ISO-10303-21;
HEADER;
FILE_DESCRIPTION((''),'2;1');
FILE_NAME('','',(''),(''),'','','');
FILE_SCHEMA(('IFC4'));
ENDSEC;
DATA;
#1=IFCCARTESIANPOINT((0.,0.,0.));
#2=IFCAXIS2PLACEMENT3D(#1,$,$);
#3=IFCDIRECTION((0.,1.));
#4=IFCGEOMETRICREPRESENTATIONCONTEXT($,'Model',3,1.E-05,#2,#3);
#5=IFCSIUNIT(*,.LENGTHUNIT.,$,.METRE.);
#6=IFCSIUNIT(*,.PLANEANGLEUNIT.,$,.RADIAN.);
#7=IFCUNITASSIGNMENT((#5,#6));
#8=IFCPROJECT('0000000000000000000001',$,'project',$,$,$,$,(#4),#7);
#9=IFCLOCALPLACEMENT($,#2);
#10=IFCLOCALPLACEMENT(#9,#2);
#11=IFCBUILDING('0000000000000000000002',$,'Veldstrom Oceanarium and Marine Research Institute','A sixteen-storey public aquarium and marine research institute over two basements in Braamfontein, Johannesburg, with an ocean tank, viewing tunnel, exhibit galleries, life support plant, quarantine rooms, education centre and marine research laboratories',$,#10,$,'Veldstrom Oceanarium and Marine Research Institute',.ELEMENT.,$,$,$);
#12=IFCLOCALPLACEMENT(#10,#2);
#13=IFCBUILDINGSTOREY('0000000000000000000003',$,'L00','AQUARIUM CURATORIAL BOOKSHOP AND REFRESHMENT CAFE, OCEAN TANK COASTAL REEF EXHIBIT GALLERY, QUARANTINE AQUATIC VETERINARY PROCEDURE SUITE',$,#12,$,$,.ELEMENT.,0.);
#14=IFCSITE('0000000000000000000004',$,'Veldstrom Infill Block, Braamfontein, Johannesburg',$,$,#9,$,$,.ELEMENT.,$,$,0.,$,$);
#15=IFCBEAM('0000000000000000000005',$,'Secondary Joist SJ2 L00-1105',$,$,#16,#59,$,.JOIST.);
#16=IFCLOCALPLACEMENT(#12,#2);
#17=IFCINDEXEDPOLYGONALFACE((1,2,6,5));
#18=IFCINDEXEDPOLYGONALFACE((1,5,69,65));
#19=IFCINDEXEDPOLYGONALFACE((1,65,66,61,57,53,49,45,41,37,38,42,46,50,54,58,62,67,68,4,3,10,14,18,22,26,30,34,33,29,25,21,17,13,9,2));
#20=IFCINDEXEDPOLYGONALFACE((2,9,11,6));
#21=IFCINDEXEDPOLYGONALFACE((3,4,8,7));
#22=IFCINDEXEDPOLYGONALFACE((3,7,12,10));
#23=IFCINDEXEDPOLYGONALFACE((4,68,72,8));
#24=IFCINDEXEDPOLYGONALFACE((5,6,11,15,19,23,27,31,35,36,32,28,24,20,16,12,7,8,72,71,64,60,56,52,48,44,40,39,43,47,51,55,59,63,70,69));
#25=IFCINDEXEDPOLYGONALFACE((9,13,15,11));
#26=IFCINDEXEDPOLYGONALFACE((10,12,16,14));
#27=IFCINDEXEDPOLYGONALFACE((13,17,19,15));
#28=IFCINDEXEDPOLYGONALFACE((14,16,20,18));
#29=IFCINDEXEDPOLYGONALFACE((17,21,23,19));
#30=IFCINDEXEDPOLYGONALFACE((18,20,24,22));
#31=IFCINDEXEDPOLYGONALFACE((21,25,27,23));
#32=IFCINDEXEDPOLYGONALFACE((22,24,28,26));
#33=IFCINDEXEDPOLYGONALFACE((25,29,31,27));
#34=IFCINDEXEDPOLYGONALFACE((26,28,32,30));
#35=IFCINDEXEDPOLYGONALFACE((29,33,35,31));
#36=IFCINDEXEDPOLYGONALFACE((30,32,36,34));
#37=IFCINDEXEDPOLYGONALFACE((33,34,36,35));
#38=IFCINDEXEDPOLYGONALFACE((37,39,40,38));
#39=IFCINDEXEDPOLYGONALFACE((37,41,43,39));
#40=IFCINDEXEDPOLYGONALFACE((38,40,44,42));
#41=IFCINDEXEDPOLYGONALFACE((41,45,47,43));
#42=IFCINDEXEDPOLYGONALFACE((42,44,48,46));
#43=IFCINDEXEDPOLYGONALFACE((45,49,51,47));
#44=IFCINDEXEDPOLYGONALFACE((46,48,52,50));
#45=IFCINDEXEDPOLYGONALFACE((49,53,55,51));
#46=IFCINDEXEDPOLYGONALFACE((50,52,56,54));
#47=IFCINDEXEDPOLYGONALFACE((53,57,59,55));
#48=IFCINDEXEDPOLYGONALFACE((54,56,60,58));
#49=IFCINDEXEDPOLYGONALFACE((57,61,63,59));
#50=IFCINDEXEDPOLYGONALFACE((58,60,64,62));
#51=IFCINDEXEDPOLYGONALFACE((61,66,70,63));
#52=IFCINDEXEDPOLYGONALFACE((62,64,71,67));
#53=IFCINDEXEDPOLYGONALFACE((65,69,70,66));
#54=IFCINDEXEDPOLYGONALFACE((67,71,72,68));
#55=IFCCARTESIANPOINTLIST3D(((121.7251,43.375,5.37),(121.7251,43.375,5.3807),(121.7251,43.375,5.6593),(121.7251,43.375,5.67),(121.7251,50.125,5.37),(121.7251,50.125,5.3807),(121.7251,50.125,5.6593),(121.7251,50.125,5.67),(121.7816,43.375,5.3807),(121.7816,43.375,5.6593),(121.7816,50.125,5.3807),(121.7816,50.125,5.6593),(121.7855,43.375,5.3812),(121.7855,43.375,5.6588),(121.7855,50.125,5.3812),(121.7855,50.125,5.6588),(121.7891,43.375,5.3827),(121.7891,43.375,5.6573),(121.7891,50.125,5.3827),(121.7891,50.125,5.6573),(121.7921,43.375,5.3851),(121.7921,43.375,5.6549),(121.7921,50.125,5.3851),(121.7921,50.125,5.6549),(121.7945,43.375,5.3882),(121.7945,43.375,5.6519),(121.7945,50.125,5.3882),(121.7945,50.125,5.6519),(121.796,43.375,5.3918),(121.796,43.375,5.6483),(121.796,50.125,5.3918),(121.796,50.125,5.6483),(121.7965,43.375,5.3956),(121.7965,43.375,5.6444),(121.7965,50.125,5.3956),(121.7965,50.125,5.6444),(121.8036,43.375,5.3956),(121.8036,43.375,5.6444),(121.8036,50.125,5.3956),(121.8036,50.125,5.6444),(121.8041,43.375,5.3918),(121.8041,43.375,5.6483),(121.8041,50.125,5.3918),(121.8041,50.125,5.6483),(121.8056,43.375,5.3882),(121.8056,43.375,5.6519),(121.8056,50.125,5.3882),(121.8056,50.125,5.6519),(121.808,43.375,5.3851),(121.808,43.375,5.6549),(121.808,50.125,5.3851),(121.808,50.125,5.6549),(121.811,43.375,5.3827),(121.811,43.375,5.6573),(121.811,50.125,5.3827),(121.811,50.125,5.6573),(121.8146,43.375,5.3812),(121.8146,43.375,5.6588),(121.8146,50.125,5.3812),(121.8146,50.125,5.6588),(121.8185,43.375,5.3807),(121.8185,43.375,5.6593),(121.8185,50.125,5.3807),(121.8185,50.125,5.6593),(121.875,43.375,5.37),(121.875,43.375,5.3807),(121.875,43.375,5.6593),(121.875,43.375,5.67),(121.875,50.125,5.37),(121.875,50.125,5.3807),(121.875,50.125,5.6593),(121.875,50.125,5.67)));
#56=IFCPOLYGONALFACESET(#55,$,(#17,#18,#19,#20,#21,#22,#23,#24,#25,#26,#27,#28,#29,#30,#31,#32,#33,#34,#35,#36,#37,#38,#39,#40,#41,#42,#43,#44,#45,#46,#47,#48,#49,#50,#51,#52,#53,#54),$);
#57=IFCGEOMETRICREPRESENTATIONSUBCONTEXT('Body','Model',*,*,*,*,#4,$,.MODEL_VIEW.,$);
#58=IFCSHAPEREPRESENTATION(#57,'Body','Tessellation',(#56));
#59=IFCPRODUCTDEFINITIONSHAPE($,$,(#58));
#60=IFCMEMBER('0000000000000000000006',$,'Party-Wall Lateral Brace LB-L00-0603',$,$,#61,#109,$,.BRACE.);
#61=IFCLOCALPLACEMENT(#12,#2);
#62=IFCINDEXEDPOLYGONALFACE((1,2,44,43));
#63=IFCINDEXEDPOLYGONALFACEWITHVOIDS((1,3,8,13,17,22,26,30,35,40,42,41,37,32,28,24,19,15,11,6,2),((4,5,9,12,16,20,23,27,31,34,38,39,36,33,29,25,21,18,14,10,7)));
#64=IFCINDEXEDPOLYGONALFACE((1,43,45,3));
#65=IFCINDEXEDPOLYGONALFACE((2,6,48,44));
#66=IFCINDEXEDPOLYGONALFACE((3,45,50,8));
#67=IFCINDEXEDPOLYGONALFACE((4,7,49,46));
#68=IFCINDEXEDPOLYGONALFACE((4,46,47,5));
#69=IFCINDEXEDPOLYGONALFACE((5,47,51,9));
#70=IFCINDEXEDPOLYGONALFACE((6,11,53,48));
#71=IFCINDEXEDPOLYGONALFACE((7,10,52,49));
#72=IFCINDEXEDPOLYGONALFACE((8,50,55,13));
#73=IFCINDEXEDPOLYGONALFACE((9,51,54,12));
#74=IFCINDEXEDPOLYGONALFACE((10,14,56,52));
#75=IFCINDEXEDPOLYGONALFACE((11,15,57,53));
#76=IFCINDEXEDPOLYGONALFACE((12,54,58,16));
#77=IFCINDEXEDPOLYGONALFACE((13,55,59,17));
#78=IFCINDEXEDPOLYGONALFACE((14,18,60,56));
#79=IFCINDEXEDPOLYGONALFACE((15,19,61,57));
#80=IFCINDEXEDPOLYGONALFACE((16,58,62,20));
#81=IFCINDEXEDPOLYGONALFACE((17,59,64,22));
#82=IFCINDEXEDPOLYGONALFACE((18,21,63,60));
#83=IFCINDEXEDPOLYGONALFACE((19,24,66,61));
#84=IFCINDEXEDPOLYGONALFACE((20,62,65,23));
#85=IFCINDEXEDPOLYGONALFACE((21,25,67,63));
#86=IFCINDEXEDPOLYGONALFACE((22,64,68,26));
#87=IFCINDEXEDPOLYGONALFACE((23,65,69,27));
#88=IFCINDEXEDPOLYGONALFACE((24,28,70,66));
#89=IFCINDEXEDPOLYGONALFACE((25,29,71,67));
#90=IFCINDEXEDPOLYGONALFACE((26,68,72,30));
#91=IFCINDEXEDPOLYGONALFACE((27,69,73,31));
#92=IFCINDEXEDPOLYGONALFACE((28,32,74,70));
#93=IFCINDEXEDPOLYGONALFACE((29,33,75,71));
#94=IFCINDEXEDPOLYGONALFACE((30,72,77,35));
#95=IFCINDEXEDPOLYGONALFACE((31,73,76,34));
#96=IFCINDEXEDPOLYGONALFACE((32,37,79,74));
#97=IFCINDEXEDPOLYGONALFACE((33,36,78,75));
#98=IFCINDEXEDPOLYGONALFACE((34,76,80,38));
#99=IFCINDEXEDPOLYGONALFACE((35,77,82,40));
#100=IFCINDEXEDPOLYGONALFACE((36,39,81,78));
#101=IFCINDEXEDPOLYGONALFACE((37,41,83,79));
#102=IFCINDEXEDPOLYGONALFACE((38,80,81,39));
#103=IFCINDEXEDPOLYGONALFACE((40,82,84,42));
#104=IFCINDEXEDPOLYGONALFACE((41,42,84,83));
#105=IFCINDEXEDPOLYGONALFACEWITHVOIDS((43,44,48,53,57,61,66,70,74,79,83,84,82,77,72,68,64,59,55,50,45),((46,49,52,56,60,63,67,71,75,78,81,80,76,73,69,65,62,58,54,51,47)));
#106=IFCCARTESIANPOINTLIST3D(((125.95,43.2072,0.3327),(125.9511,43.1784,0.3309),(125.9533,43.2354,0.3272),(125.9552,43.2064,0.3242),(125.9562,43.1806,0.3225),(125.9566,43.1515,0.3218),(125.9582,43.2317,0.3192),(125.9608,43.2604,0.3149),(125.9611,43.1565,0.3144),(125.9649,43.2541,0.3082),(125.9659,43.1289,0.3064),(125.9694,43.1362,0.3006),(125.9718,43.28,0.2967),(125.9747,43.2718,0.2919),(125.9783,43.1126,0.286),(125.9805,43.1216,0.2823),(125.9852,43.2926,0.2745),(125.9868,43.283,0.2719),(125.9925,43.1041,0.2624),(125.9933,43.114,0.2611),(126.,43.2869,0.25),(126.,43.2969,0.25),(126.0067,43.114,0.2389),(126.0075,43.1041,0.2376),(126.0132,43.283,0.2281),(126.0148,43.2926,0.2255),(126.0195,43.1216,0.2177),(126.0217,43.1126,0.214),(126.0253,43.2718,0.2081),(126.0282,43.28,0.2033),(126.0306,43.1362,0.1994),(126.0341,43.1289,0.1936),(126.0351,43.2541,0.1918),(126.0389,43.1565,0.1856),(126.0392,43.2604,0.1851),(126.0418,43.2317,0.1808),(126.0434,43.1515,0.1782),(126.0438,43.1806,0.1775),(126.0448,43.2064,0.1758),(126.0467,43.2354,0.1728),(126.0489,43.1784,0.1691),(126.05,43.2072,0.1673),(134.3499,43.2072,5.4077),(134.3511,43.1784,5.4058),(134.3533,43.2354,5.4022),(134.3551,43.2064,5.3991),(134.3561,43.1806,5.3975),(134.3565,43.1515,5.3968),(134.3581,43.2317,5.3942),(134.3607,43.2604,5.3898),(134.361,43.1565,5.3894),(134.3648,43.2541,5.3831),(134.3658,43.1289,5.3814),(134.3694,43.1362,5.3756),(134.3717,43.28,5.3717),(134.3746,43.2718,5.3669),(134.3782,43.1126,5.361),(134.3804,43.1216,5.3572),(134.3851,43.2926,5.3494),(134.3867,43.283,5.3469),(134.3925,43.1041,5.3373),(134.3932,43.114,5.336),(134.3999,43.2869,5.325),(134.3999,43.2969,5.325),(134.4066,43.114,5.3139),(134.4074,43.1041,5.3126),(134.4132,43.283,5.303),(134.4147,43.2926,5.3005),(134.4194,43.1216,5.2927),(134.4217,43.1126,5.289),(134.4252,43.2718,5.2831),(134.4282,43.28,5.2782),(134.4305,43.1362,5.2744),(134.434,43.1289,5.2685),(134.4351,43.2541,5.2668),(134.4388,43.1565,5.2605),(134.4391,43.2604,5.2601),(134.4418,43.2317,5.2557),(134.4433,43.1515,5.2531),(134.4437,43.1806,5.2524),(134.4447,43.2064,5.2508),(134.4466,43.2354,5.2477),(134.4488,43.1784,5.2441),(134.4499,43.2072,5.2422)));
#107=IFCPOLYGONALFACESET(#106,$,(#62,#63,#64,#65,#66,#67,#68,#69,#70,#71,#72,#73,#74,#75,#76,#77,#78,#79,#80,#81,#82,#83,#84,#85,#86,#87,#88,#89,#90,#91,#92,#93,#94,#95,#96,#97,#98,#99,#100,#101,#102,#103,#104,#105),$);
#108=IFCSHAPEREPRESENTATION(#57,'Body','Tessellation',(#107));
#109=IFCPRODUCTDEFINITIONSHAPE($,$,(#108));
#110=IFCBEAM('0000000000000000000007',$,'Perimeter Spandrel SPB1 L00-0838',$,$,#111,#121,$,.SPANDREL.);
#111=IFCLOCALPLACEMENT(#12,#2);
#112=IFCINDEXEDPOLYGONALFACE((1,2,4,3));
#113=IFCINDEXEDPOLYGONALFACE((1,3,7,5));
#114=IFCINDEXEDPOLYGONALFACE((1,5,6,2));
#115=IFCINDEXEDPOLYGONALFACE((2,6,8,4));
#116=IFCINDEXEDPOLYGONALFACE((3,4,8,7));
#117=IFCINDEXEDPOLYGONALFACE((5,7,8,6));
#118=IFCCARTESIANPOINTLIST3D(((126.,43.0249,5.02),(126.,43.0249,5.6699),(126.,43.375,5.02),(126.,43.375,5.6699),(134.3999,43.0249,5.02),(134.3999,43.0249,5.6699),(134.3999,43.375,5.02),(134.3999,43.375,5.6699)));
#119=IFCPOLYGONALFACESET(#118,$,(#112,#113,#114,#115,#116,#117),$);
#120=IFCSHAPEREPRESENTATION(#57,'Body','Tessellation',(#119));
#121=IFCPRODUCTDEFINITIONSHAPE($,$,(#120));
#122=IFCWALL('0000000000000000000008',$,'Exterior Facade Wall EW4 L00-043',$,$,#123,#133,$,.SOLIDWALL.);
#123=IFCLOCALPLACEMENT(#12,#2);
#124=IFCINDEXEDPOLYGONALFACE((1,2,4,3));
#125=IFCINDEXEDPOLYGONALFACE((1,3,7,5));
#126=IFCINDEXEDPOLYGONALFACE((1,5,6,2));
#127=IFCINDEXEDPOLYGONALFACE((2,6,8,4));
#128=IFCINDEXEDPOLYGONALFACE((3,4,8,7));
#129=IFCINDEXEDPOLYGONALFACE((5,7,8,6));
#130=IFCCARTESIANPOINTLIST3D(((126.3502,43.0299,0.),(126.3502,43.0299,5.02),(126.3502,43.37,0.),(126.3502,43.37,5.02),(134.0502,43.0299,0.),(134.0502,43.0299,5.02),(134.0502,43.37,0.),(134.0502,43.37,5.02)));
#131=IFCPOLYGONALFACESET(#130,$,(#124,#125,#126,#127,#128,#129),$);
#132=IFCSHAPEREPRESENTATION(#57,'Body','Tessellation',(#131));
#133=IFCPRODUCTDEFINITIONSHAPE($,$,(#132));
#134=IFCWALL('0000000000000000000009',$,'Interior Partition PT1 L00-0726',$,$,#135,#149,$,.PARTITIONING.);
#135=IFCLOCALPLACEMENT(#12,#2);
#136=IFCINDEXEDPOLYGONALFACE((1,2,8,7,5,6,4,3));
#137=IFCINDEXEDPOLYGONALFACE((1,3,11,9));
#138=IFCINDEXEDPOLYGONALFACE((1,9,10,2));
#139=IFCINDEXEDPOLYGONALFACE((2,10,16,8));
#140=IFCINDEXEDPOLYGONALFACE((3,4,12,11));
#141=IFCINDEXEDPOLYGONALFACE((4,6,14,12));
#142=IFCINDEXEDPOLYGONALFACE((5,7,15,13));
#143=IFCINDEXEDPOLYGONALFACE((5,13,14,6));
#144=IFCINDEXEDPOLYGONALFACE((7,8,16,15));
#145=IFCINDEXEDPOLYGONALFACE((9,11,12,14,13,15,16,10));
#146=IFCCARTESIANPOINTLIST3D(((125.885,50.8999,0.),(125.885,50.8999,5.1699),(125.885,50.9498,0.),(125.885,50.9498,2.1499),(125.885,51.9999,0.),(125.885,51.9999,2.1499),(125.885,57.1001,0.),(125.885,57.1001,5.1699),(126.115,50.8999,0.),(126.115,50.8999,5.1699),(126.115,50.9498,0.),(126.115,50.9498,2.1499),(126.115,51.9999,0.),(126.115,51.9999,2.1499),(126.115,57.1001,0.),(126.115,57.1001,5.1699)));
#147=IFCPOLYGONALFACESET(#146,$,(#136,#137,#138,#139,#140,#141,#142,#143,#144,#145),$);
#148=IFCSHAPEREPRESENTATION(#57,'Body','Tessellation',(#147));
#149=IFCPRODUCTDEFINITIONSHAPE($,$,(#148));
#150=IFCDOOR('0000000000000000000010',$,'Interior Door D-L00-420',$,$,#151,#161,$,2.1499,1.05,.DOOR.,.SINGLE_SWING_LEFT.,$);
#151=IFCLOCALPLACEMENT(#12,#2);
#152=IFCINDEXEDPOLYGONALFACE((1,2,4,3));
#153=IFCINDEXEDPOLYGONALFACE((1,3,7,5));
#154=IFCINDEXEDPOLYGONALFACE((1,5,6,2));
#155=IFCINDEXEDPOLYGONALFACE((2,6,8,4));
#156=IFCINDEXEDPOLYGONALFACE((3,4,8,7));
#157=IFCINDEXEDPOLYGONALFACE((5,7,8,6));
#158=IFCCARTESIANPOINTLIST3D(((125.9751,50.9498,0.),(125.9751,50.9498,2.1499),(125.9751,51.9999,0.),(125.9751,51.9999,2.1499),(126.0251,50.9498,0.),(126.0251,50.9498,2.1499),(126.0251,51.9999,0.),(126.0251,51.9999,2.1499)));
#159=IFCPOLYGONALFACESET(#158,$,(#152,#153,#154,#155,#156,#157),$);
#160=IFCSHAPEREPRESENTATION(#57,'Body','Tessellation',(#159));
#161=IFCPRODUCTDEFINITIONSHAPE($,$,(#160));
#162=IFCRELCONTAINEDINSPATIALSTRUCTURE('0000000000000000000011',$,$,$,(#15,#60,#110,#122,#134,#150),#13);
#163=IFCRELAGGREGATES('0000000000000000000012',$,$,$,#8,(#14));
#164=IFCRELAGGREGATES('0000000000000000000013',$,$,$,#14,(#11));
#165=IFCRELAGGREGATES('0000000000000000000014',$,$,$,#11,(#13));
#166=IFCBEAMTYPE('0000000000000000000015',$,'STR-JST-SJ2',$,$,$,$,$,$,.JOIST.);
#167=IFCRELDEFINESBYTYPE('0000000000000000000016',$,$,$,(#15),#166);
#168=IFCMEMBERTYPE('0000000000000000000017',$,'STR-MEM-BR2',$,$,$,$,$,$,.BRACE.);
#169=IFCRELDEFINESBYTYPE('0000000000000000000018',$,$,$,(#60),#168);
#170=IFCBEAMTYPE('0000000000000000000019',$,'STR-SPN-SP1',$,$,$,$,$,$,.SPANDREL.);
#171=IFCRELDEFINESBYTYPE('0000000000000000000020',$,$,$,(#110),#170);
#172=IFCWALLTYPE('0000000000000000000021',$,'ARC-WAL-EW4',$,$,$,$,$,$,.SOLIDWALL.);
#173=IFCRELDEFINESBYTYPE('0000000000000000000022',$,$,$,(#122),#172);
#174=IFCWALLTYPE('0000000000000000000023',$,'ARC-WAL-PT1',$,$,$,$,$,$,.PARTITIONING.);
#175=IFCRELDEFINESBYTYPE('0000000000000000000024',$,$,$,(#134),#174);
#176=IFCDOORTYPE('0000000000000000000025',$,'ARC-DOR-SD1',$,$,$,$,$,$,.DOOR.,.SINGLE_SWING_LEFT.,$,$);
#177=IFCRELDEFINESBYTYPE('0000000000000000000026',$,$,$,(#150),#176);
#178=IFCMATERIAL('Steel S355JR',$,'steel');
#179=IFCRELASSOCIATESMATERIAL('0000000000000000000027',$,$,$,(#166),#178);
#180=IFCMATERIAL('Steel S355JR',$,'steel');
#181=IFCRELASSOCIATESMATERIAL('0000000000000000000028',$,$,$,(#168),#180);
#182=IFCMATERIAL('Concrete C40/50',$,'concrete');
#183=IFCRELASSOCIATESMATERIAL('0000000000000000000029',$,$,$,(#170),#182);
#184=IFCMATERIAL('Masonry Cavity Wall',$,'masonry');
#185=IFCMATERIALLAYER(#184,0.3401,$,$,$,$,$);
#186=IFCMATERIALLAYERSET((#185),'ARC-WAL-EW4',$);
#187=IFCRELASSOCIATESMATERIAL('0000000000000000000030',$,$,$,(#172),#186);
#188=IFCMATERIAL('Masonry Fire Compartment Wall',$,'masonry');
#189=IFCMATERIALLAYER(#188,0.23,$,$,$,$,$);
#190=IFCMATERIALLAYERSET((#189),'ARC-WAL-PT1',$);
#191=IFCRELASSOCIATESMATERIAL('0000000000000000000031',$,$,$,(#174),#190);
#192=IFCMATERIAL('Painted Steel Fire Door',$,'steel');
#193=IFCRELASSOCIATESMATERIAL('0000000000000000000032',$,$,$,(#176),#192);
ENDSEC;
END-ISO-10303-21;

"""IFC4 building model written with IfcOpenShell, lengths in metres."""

from ifc_helpers import new_model, si_unit, direction, frame, frame_2d, origin, origin_2d, place, context, subcontext, project, spatial, rectangle, hollow_circle, i_section, extrude, material, layer, layer_set, material_profile, profile_set, type_object, element, fill, save


model = new_model("IFC4")

# Units and contexts
model_context = context("Model", 3, precision=1e-05, world=origin(), true_north=direction((0.0, 1.0)))
body_context = subcontext(model_context, "Body", "Model", "MODEL_VIEW")
ifc_project = project(units=[si_unit("LENGTHUNIT", "METRE"), si_unit("PLANEANGLEUNIT", "RADIAN")], contexts=[model_context])

# Site, building, storey
site_placement = place(None, origin())
site = spatial("IfcSite", under=ifc_project, at=site_placement, Name="Veldstrom Infill Block, Braamfontein, Johannesburg", CompositionType="ELEMENT", RefElevation=0.0)
building_placement = place(site_placement, origin())
building = spatial("IfcBuilding", under=site, at=building_placement, Name="Veldstrom Oceanarium and Marine Research Institute", Description="A sixteen-storey public aquarium and marine research institute over two basements in Braamfontein, Johannesburg, with an ocean tank, viewing tunnel, exhibit galleries, life support plant, quarantine rooms, education centre and marine research laboratories", LongName="Veldstrom Oceanarium and Marine Research Institute", CompositionType="ELEMENT")
storey_placement = place(building_placement, origin())
storey = spatial("IfcBuildingStorey", under=building, at=storey_placement, Name="L00", Description="AQUARIUM CURATORIAL BOOKSHOP AND REFRESHMENT CAFE, OCEAN TANK COASTAL REEF EXHIBIT GALLERY, QUARANTINE AQUATIC VETERINARY PROCEDURE SUITE", CompositionType="ELEMENT", Elevation=0.0)

# Beam
ifc_material_1 = material(Name="Steel S355JR", Category="steel")
ifc_material_profile_1 = material_profile(ifc_material_1, i_section(OverallWidth=0.1499, OverallDepth=0.3, WebThickness=0.0071, FlangeThickness=0.0107, FilletRadius=0.0149, at=origin_2d()), Name="IPE 300")
ifc_profile_set_1 = profile_set([ifc_material_profile_1], Name="Steel S355JR")
beam_type_1 = type_object("IfcBeamType", Name="STR-JST-SJ2", PredefinedType="JOIST", material=ifc_profile_set_1)
beam_1_placement = place(storey_placement, frame((121.8, 43.375, 5.52), z_axis=(0.0, 1.0, 0.0), x_axis=(-1.0, 0.0, 0.0)))
element("IfcBeam", 1, at=beam_1_placement, inside=storey, type_object=beam_type_1, Name="Secondary Joist SJ2 L00-1105", PredefinedType="JOIST", context=body_context, shape_type="SweptSolid", body=[
    extrude(i_section(OverallWidth=0.1499, OverallDepth=0.3, WebThickness=0.0071, FlangeThickness=0.0107, FilletRadius=0.0149, at=origin_2d()), origin(), (0.0, 0.0, 1.0), 6.75),
])

# Member
ifc_material_2 = material(Name="Steel S355JR", Category="steel")
ifc_material_profile_2 = material_profile(ifc_material_2, hollow_circle(Radius=0.0969, WallThickness=0.01, at=origin_2d()), Name="CHS 193.7x10")
ifc_profile_set_2 = profile_set([ifc_material_profile_2], Name="Steel S355JR")
member_type = type_object("IfcMemberType", Name="STR-MEM-BR2", PredefinedType="BRACE", material=ifc_profile_set_2)
member_placement = place(storey_placement, frame((126.0, 43.2, 0.25), z_axis=(0.855915, 0.0, 0.517116), x_axis=(0.0, 1.0, 0.0)))
element("IfcMember", 2, at=member_placement, inside=storey, type_object=member_type, Name="Party-Wall Lateral Brace LB-L00-0603", PredefinedType="BRACE", context=body_context, shape_type="SweptSolid", body=[
    extrude(hollow_circle(Radius=0.0969, WallThickness=0.01, at=origin_2d()), origin(), (0.0, 0.0, 1.0), 9.814),
])

# Beam
ifc_material_3 = material(Name="Concrete C40/50", Category="concrete")
ifc_material_profile_3 = material_profile(ifc_material_3, rectangle(XDim=0.3501, YDim=0.6499, at=origin_2d()), Name="RC-SPN-350x650")
ifc_profile_set_3 = profile_set([ifc_material_profile_3], Name="Concrete C40/50")
beam_type_2 = type_object("IfcBeamType", Name="STR-SPN-SP1", PredefinedType="SPANDREL", material=ifc_profile_set_3)
beam_2_placement = place(storey_placement, frame((126.0, 43.2, 5.345), z_axis=(1.0, 0.0, 0.0), x_axis=(0.0, 1.0, 0.0)))
element("IfcBeam", 3, at=beam_2_placement, inside=storey, type_object=beam_type_2, Name="Perimeter Spandrel SPB1 L00-0838", PredefinedType="SPANDREL", context=body_context, shape_type="SweptSolid", body=[
    extrude(rectangle(XDim=0.3501, YDim=0.6499, at=origin_2d()), origin(), (0.0, 0.0, 1.0), 8.3999),
])

# Wall
ifc_material_4 = material(Name="Masonry Cavity Wall", Category="masonry")
ifc_layer_1 = layer(ifc_material_4, 0.3401)
ifc_layer_set_1 = layer_set([ifc_layer_1], Name="ARC-WAL-EW4")
wall_type_1 = type_object("IfcWallType", Name="ARC-WAL-EW4", PredefinedType="SOLIDWALL", material=ifc_layer_set_1)
wall_1_placement = place(storey_placement, frame((126.3501, 43.2, 0.0), z_axis=(0.0, 0.0, 1.0), x_axis=(1.0, 0.0, 0.0)))
element("IfcWall", 4, at=wall_1_placement, inside=storey, type_object=wall_type_1, Name="Exterior Facade Wall EW4 L00-043", PredefinedType="SOLIDWALL", context=body_context, shape_type="SweptSolid", body=[
    extrude(rectangle(XDim=7.7, YDim=0.3401, at=frame_2d((3.8501, 0.0))), origin(), (0.0, 0.0, 1.0), 5.02),
])

# Wall, opening, door
ifc_material_5 = material(Name="Masonry Fire Compartment Wall", Category="masonry")
ifc_layer_2 = layer(ifc_material_5, 0.23)
ifc_layer_set_2 = layer_set([ifc_layer_2], Name="ARC-WAL-PT1")
wall_type_2 = type_object("IfcWallType", Name="ARC-WAL-PT1", PredefinedType="PARTITIONING", material=ifc_layer_set_2)
wall_2_placement = place(storey_placement, frame((126.0, 50.8999, 0.0), z_axis=(0.0, 0.0, 1.0), x_axis=(0.0, 1.0, 0.0)))
wall_2 = element("IfcWall", 5, at=wall_2_placement, inside=storey, type_object=wall_type_2, Name="Interior Partition PT1 L00-0726", PredefinedType="PARTITIONING", context=body_context, shape_type="SweptSolid", body=[
    extrude(rectangle(XDim=6.2002, YDim=0.23, at=frame_2d((3.1001, 0.0))), origin(), (0.0, 0.0, 1.0), 5.1699),
])
opening_1_placement = place(wall_2_placement, frame((0.05, 0.0, 0.0)))
opening_1 = element("IfcOpeningElement", 6, at=opening_1_placement, cuts=wall_2, PredefinedType="OPENING", context=body_context, shape_type="SweptSolid", body=[
    extrude(rectangle(XDim=1.05, YDim=2.1499, at=frame_2d((0.5249, 1.075))), frame((0.0, 0.125, 0.0), z_axis=(0.0, -1.0, 0.0), x_axis=(1.0, 0.0, 0.0)), (0.0, 0.0, 1.0), 0.25),
])
ifc_material_6 = material(Name="Painted Steel Fire Door", Category="steel")
door_type_1 = type_object("IfcDoorType", Name="ARC-DOR-SD1", OperationType="SINGLE_SWING_LEFT", PredefinedType="DOOR", material=ifc_material_6)
door_1_placement = place(opening_1_placement, origin())
door_1 = element("IfcDoor", 7, at=door_1_placement, inside=storey, type_object=door_type_1, Name="Interior Door D-L00-420", OperationType="SINGLE_SWING_LEFT", OverallHeight=2.1499, OverallWidth=1.05, PredefinedType="DOOR", context=body_context, shape_type="SweptSolid", body=[
    extrude(rectangle(XDim=1.05, YDim=2.1499, at=frame_2d((0.5249, 1.075))), frame((0.0, 0.0249, 0.0), z_axis=(0.0, -1.0, 0.0), x_axis=(1.0, 0.0, 0.0)), (0.0, 0.0, 1.0), 0.05),
])
fill(opening_1, door_1)

save(model, "model.ifc")
